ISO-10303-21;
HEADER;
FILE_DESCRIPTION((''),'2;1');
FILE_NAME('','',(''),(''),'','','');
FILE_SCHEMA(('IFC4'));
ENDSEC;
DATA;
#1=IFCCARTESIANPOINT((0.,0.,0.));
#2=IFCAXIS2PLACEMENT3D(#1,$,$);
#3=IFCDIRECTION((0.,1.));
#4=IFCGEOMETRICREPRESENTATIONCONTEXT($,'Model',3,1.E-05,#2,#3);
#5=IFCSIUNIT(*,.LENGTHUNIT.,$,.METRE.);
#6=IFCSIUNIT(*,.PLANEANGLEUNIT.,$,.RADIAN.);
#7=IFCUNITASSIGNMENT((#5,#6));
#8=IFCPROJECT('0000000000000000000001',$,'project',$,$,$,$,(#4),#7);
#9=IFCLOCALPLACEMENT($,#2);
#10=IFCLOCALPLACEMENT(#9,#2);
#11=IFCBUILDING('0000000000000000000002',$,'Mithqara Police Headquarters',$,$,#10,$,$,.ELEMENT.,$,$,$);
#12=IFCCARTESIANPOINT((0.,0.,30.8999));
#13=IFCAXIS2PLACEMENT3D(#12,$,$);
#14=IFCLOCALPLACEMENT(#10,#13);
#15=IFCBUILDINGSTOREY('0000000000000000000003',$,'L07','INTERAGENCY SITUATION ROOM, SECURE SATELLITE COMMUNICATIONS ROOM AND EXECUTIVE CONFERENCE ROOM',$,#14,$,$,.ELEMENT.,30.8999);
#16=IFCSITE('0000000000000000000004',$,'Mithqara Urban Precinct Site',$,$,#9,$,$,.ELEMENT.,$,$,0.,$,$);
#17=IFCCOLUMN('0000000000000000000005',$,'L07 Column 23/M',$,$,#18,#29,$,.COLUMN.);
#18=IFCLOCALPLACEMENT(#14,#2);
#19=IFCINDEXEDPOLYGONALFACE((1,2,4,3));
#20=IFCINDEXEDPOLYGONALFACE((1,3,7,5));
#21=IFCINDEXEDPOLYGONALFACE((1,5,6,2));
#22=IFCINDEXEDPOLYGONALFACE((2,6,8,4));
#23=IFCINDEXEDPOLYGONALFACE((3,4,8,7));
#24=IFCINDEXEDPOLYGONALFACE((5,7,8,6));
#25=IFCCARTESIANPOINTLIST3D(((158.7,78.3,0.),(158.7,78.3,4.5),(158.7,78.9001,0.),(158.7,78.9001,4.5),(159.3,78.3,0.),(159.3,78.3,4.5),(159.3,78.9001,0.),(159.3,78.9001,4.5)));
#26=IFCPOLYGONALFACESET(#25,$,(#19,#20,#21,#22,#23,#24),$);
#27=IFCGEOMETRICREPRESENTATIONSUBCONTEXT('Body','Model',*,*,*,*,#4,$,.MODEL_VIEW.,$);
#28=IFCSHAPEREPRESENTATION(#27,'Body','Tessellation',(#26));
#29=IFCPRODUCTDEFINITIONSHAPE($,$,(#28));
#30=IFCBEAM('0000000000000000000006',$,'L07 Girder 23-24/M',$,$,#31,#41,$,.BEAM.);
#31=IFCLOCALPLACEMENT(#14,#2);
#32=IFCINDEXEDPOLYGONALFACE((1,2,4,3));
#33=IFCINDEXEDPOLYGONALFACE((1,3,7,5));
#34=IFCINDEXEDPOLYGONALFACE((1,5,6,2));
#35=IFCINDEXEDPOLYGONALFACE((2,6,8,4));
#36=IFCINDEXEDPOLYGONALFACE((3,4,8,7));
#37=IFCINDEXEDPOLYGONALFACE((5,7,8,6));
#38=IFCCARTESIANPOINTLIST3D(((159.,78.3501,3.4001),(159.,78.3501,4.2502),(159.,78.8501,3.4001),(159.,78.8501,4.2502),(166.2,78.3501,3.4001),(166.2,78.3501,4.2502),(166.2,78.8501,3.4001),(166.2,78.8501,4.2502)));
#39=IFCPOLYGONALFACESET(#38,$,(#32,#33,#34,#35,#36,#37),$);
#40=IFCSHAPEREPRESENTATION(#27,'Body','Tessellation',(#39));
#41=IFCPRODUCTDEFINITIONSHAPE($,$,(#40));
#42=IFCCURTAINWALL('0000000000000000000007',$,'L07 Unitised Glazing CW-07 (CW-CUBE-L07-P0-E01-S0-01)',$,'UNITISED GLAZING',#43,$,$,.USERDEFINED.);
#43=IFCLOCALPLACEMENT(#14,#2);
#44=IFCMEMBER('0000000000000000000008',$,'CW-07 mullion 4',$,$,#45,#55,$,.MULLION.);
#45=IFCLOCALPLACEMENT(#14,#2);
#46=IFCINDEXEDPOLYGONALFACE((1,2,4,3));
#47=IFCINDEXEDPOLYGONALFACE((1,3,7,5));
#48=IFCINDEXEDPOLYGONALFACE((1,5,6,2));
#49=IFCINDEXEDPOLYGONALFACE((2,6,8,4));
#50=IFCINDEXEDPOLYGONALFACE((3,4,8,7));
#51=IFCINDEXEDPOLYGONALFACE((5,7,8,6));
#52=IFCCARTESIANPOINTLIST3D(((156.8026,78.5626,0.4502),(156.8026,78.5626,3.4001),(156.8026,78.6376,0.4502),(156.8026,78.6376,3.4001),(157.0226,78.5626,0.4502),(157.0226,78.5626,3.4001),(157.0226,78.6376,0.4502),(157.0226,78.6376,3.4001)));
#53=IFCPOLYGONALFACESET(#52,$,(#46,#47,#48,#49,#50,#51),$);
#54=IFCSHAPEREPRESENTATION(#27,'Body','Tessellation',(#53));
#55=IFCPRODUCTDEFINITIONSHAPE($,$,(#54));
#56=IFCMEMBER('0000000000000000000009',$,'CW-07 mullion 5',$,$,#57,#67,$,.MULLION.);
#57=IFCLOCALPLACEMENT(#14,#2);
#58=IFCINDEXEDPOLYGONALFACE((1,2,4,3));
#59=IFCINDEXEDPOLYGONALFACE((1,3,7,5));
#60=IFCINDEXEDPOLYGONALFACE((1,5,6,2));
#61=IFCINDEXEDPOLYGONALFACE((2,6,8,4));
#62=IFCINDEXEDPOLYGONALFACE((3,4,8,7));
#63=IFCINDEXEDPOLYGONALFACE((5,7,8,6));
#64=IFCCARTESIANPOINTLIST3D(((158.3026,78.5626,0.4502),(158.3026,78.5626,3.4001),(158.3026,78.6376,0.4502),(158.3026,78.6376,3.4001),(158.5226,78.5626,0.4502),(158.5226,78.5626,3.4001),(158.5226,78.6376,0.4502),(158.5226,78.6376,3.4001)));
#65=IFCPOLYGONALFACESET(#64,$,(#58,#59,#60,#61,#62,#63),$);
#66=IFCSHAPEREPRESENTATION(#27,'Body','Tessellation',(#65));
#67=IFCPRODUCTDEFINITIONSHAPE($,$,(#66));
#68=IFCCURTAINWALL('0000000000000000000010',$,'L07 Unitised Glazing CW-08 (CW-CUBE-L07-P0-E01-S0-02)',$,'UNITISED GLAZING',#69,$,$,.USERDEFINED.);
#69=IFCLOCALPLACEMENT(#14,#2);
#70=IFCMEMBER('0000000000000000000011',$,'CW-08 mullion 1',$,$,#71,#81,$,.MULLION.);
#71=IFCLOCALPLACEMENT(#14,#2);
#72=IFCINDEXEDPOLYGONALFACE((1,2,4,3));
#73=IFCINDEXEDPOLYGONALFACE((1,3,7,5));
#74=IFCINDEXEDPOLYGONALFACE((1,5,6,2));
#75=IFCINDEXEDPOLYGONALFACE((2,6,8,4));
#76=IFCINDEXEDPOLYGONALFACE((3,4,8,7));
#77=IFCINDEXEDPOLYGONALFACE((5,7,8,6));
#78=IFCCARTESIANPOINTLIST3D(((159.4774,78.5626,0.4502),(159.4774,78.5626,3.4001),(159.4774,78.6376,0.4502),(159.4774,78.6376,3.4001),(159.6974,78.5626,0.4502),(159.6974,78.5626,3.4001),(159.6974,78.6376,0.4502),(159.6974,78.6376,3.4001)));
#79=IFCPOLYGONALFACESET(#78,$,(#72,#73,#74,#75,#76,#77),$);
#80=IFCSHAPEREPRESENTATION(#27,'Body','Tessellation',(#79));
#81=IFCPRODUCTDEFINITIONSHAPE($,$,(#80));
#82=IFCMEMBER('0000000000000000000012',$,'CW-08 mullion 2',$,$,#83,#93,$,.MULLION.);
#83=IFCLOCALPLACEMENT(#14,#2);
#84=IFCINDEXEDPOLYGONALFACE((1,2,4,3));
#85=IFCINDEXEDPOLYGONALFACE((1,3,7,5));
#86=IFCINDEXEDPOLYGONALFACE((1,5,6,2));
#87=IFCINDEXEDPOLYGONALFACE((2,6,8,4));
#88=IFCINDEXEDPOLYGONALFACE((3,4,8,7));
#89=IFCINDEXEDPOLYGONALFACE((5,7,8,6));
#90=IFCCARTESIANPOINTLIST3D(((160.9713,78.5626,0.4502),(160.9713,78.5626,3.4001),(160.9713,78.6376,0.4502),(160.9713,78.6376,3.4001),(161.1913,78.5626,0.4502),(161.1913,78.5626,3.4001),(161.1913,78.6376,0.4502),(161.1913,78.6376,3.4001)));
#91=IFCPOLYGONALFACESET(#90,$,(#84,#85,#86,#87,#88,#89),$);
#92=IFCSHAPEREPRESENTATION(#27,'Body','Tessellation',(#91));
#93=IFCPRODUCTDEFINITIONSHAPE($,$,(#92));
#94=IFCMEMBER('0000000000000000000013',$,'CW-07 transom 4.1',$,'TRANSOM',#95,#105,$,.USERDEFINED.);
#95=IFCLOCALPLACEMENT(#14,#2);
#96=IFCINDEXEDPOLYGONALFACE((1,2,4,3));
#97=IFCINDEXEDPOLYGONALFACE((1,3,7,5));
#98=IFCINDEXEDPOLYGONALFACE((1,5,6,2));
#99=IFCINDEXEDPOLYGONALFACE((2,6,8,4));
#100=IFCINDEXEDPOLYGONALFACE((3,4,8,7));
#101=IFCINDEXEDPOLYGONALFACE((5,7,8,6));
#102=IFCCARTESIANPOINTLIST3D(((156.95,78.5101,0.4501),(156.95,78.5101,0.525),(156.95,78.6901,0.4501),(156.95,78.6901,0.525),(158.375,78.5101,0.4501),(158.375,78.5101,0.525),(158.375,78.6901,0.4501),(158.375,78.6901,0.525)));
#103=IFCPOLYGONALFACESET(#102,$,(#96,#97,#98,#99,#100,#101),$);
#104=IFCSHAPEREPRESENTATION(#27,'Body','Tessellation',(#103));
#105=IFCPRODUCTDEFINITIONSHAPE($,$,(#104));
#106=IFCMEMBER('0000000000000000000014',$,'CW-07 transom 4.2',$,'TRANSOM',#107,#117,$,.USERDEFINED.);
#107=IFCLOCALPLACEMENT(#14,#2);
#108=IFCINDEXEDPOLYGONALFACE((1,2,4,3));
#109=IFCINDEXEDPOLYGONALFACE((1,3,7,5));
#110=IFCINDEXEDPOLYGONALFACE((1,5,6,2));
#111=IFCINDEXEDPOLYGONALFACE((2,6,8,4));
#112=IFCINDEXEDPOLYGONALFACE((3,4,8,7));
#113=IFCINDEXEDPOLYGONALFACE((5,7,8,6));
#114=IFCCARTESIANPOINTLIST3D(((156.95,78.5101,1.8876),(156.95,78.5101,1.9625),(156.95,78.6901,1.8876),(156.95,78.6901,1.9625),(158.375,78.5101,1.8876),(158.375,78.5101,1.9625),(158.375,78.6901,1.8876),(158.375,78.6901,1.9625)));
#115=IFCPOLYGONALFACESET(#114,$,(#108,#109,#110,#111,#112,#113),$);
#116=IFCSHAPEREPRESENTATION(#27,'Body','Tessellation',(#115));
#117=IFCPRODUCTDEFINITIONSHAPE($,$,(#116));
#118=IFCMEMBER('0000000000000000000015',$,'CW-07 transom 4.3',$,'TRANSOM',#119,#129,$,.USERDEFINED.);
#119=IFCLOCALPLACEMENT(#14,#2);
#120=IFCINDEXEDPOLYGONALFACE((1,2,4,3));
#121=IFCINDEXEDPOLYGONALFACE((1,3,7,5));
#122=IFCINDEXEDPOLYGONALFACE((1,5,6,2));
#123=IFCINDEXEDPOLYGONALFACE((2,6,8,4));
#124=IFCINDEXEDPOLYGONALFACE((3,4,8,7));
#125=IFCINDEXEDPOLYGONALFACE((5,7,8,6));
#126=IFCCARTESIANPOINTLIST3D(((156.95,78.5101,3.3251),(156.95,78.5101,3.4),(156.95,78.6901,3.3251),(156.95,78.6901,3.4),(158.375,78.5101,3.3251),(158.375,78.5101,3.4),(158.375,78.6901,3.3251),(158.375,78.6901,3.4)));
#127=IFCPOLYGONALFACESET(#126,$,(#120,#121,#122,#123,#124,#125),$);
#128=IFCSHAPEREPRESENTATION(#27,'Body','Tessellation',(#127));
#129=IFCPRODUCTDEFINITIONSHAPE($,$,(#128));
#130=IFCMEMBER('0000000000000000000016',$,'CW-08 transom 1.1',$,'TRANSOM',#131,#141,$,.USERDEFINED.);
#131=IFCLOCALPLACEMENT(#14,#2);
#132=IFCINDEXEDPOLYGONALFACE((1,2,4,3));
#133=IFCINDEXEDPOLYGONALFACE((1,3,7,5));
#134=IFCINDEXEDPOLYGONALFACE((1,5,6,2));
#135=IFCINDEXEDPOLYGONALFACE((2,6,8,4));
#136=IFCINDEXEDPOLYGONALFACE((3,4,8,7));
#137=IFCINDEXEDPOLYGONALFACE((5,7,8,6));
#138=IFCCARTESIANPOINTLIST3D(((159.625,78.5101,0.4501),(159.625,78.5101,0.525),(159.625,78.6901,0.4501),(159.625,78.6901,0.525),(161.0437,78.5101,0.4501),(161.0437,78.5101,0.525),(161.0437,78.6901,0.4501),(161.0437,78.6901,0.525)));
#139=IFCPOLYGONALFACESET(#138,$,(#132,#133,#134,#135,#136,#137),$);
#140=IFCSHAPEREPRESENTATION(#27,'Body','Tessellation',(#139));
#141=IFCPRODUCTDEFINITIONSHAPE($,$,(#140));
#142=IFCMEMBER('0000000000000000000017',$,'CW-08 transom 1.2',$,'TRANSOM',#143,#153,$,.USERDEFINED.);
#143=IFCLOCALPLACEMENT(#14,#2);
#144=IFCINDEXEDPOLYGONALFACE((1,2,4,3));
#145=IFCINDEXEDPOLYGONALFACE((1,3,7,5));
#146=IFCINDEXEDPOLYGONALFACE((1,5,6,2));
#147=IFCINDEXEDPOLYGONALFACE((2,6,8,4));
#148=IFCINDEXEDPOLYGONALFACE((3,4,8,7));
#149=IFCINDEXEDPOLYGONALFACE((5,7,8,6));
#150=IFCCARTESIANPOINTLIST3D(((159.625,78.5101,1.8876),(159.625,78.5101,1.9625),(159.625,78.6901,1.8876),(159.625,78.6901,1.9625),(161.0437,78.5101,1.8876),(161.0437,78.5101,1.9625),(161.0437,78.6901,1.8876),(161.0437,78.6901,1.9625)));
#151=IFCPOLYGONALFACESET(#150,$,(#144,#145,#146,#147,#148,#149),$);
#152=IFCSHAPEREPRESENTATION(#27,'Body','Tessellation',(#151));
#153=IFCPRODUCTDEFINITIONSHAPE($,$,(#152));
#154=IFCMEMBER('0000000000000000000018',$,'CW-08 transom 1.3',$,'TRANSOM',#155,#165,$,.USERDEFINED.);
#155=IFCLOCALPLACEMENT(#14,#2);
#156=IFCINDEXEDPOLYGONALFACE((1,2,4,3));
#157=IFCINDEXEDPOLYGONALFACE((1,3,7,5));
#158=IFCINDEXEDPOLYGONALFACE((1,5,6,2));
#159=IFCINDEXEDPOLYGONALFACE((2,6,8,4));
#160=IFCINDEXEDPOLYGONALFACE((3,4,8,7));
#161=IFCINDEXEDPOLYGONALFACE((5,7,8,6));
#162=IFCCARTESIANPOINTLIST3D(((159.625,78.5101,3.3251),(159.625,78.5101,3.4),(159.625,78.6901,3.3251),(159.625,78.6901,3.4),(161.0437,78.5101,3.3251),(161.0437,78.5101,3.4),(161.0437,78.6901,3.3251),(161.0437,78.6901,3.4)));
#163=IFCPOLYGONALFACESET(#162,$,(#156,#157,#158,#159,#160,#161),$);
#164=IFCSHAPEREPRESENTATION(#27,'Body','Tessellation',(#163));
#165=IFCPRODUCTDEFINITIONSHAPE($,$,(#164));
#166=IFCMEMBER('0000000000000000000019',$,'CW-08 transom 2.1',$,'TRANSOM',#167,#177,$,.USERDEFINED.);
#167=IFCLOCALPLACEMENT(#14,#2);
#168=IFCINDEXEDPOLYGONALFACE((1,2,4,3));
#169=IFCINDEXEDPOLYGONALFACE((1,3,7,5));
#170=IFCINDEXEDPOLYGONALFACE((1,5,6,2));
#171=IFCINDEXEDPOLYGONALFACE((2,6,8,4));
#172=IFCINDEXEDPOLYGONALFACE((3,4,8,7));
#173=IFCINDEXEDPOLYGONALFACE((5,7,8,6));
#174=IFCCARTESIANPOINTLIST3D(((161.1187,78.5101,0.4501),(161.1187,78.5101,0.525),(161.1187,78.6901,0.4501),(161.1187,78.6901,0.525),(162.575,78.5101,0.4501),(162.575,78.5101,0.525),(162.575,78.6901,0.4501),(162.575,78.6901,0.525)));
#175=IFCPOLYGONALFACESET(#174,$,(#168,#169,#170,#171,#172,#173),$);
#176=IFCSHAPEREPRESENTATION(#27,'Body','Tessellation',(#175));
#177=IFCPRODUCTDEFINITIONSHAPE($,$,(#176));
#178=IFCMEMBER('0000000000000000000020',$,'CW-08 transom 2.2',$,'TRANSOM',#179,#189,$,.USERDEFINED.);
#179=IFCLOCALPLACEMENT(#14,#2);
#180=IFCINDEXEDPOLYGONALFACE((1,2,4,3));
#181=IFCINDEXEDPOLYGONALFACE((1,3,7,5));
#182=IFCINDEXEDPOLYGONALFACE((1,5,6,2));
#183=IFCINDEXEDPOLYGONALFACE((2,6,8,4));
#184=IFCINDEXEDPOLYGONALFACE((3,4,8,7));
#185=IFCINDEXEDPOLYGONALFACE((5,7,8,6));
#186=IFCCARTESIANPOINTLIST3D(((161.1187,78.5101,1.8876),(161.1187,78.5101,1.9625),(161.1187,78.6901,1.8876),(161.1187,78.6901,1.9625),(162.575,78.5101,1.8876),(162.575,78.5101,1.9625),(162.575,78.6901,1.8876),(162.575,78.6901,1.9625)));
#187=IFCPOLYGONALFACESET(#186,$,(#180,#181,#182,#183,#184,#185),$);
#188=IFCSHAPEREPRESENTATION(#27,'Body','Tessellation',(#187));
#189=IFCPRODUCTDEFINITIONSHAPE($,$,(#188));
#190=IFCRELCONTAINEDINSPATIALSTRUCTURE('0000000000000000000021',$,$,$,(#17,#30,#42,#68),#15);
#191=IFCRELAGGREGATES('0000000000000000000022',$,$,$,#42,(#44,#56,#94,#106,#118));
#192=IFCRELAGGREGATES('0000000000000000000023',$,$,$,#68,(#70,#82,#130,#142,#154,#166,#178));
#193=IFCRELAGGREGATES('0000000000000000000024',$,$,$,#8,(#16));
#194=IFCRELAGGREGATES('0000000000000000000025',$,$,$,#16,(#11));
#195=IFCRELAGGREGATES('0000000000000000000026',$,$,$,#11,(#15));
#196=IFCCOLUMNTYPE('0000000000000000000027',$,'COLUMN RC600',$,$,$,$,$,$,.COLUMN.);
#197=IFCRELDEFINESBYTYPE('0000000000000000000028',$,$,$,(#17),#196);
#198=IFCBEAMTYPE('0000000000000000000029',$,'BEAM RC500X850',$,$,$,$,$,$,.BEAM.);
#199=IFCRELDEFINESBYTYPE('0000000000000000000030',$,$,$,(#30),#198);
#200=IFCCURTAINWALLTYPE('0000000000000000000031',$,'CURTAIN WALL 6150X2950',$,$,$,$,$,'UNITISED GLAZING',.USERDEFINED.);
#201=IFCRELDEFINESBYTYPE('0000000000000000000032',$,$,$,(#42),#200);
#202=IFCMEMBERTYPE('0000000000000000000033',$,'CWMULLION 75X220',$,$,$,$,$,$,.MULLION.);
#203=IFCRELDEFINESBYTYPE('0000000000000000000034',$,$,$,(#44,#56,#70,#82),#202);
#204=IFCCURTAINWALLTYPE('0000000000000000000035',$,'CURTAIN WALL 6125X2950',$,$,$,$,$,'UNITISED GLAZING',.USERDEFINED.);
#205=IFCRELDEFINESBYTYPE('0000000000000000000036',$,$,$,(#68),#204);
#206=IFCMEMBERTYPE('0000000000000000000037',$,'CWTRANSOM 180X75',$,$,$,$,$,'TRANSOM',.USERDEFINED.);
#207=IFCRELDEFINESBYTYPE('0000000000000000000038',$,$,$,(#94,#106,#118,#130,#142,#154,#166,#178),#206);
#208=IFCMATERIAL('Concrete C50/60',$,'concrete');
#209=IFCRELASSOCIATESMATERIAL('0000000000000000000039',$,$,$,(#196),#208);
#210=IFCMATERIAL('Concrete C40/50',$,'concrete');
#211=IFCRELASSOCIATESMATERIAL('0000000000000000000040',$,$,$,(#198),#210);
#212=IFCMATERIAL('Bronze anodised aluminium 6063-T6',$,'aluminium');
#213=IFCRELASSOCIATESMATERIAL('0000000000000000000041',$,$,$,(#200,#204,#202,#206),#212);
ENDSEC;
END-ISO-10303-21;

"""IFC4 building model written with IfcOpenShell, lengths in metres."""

from ifc_helpers import new_model, si_unit, direction, frame, origin, origin_2d, place, context, subcontext, project, spatial, rectangle, extrude, material, material_profile, profile_set, type_object, element, aggregate, save


model = new_model("IFC4")

# Units and contexts
model_context = context("Model", 3, precision=1e-05, world=origin(), true_north=direction((0.0, 1.0)))
body_context = subcontext(model_context, "Body", "Model", "MODEL_VIEW")
ifc_project = project(units=[si_unit("LENGTHUNIT", "METRE"), si_unit("PLANEANGLEUNIT", "RADIAN")], contexts=[model_context])

# Site, building, storey
site_placement = place(None, origin())
site = spatial("IfcSite", under=ifc_project, at=site_placement, Name="Mithqara Urban Precinct Site", CompositionType="ELEMENT", RefElevation=0.0)
building_placement = place(site_placement, origin())
building = spatial("IfcBuilding", under=site, at=building_placement, Name="Mithqara Police Headquarters", CompositionType="ELEMENT")
storey_placement = place(building_placement, frame((0.0, 0.0, 30.8999)))
storey = spatial("IfcBuildingStorey", under=building, at=storey_placement, Name="L07", Description="INTERAGENCY SITUATION ROOM, SECURE SATELLITE COMMUNICATIONS ROOM AND EXECUTIVE CONFERENCE ROOM", CompositionType="ELEMENT", Elevation=30.8999)

# Column
ifc_material_1 = material(Name="Concrete C50/60", Category="concrete")
ifc_material_profile_1 = material_profile(ifc_material_1, rectangle(XDim=0.6001, YDim=0.6001, at=origin_2d()), Name="RC 600x600")
ifc_profile_set_1 = profile_set([ifc_material_profile_1], Name="Concrete C50/60")
column_type = type_object("IfcColumnType", Name="COLUMN RC600", PredefinedType="COLUMN", material=ifc_profile_set_1)
column_placement = place(storey_placement, frame((159.0, 78.6001, 0.0), z_axis=(0.0, 0.0, 1.0), x_axis=(1.0, 0.0, 0.0)))
element("IfcColumn", 1, at=column_placement, inside=storey, type_object=column_type, Name="L07 Column 23/M", PredefinedType="COLUMN", context=body_context, shape_type="SweptSolid", body=[
    extrude(rectangle(XDim=0.6001, YDim=0.6001, at=origin_2d()), origin(), (0.0, 0.0, 1.0), 4.5),
])

# Beam
ifc_material_2 = material(Name="Concrete C40/50", Category="concrete")
ifc_material_profile_2 = material_profile(ifc_material_2, rectangle(XDim=0.5, YDim=0.8501, at=origin_2d()), Name="RC 500x850")
ifc_profile_set_2 = profile_set([ifc_material_profile_2], Name="Concrete C40/50")
beam_type = type_object("IfcBeamType", Name="BEAM RC500X850", PredefinedType="BEAM", material=ifc_profile_set_2)
beam_placement = place(storey_placement, frame((159.0, 78.6001, 3.8252), z_axis=(1.0, 0.0, 0.0), x_axis=(0.0, 1.0, 0.0)))
element("IfcBeam", 2, at=beam_placement, inside=storey, type_object=beam_type, Name="L07 Girder 23-24/M", PredefinedType="BEAM", context=body_context, shape_type="SweptSolid", body=[
    extrude(rectangle(XDim=0.5, YDim=0.8501, at=origin_2d()), origin(), (0.0, 0.0, 1.0), 7.2),
])

# Curtain walls, members
ifc_material_3 = material(Name="Bronze anodised aluminium 6063-T6", Category="aluminium")
curtain_wall_type_1 = type_object("IfcCurtainWallType", Name="CURTAIN WALL 6150X2950", ElementType="UNITISED GLAZING", PredefinedType="USERDEFINED", material=ifc_material_3)
curtain_wall_1_placement = place(storey_placement, origin())
curtain_wall_1 = element("IfcCurtainWall", 3, at=curtain_wall_1_placement, inside=storey, type_object=curtain_wall_type_1, Name="L07 Unitised Glazing CW-07 (CW-CUBE-L07-P0-E01-S0-01)", ObjectType="UNITISED GLAZING", PredefinedType="USERDEFINED")
ifc_material_profile_3 = material_profile(ifc_material_3, rectangle(XDim=0.075, YDim=0.22, at=origin_2d()), Name="CWM 75x220")
ifc_profile_set_3 = profile_set([ifc_material_profile_3], Name="Bronze anodised aluminium 6063-T6")
member_type_1 = type_object("IfcMemberType", Name="CWMULLION 75X220", PredefinedType="MULLION", material=ifc_profile_set_3)
member_1_placement = place(storey_placement, frame((156.9126, 78.6001, 0.4502), z_axis=(0.0, 0.0, 1.0), x_axis=(0.0, 1.0, 0.0)))
member_1 = element("IfcMember", 4, at=member_1_placement, type_object=member_type_1, Name="CW-07 mullion 4", PredefinedType="MULLION", context=body_context, shape_type="SweptSolid", body=[
    extrude(rectangle(XDim=0.075, YDim=0.22, at=origin_2d()), origin(), (0.0, 0.0, 1.0), 2.95),
])
member_2_placement = place(storey_placement, frame((158.4126, 78.6001, 0.4502), z_axis=(0.0, 0.0, 1.0), x_axis=(0.0, 1.0, 0.0)))
member_2 = element("IfcMember", 5, at=member_2_placement, type_object=member_type_1, Name="CW-07 mullion 5", PredefinedType="MULLION", context=body_context, shape_type="SweptSolid", body=[
    extrude(rectangle(XDim=0.075, YDim=0.22, at=origin_2d()), origin(), (0.0, 0.0, 1.0), 2.95),
])
curtain_wall_type_2 = type_object("IfcCurtainWallType", Name="CURTAIN WALL 6125X2950", ElementType="UNITISED GLAZING", PredefinedType="USERDEFINED", material=ifc_material_3)
curtain_wall_2_placement = place(storey_placement, origin())
curtain_wall_2 = element("IfcCurtainWall", 6, at=curtain_wall_2_placement, inside=storey, type_object=curtain_wall_type_2, Name="L07 Unitised Glazing CW-08 (CW-CUBE-L07-P0-E01-S0-02)", ObjectType="UNITISED GLAZING", PredefinedType="USERDEFINED")
member_3_placement = place(storey_placement, frame((159.5874, 78.6001, 0.4502), z_axis=(0.0, 0.0, 1.0), x_axis=(0.0, 1.0, 0.0)))
member_3 = element("IfcMember", 7, at=member_3_placement, type_object=member_type_1, Name="CW-08 mullion 1", PredefinedType="MULLION", context=body_context, shape_type="SweptSolid", body=[
    extrude(rectangle(XDim=0.075, YDim=0.22, at=origin_2d()), origin(), (0.0, 0.0, 1.0), 2.95),
])
member_4_placement = place(storey_placement, frame((161.0813, 78.6001, 0.4502), z_axis=(0.0, 0.0, 1.0), x_axis=(0.0, 1.0, 0.0)))
member_4 = element("IfcMember", 8, at=member_4_placement, type_object=member_type_1, Name="CW-08 mullion 2", PredefinedType="MULLION", context=body_context, shape_type="SweptSolid", body=[
    extrude(rectangle(XDim=0.075, YDim=0.22, at=origin_2d()), origin(), (0.0, 0.0, 1.0), 2.95),
])

# Members
ifc_material_profile_4 = material_profile(ifc_material_3, rectangle(XDim=0.1799, YDim=0.075, at=origin_2d()), Name="CWT 180x75")
ifc_profile_set_4 = profile_set([ifc_material_profile_4], Name="Bronze anodised aluminium 6063-T6")
member_type_2 = type_object("IfcMemberType", Name="CWTRANSOM 180X75", ElementType="TRANSOM", PredefinedType="USERDEFINED", material=ifc_profile_set_4)
member_5_placement = place(storey_placement, frame((156.95, 78.6001, 0.4875), z_axis=(1.0, 0.0, 0.0), x_axis=(0.0, 1.0, 0.0)))
member_5 = element("IfcMember", 9, at=member_5_placement, type_object=member_type_2, Name="CW-07 transom 4.1", ObjectType="TRANSOM", PredefinedType="USERDEFINED", context=body_context, shape_type="SweptSolid", body=[
    extrude(rectangle(XDim=0.1799, YDim=0.075, at=origin_2d()), origin(), (0.0, 0.0, 1.0), 1.425),
])
member_6_placement = place(storey_placement, frame((156.95, 78.6001, 1.925), z_axis=(1.0, 0.0, 0.0), x_axis=(0.0, 1.0, 0.0)))
member_6 = element("IfcMember", 10, at=member_6_placement, type_object=member_type_2, Name="CW-07 transom 4.2", ObjectType="TRANSOM", PredefinedType="USERDEFINED", context=body_context, shape_type="SweptSolid", body=[
    extrude(rectangle(XDim=0.1799, YDim=0.075, at=origin_2d()), origin(), (0.0, 0.0, 1.0), 1.425),
])
member_7_placement = place(storey_placement, frame((156.95, 78.6001, 3.3625), z_axis=(1.0, 0.0, 0.0), x_axis=(0.0, 1.0, 0.0)))
member_7 = element("IfcMember", 11, at=member_7_placement, type_object=member_type_2, Name="CW-07 transom 4.3", ObjectType="TRANSOM", PredefinedType="USERDEFINED", context=body_context, shape_type="SweptSolid", body=[
    extrude(rectangle(XDim=0.1799, YDim=0.075, at=origin_2d()), origin(), (0.0, 0.0, 1.0), 1.425),
])
member_8_placement = place(storey_placement, frame((159.625, 78.6001, 0.4875), z_axis=(1.0, 0.0, 0.0), x_axis=(0.0, 1.0, 0.0)))
member_8 = element("IfcMember", 12, at=member_8_placement, type_object=member_type_2, Name="CW-08 transom 1.1", ObjectType="TRANSOM", PredefinedType="USERDEFINED", context=body_context, shape_type="SweptSolid", body=[
    extrude(rectangle(XDim=0.1799, YDim=0.075, at=origin_2d()), origin(), (0.0, 0.0, 1.0), 1.4187),
])
member_9_placement = place(storey_placement, frame((159.625, 78.6001, 1.925), z_axis=(1.0, 0.0, 0.0), x_axis=(0.0, 1.0, 0.0)))
member_9 = element("IfcMember", 13, at=member_9_placement, type_object=member_type_2, Name="CW-08 transom 1.2", ObjectType="TRANSOM", PredefinedType="USERDEFINED", context=body_context, shape_type="SweptSolid", body=[
    extrude(rectangle(XDim=0.1799, YDim=0.075, at=origin_2d()), origin(), (0.0, 0.0, 1.0), 1.4187),
])
member_10_placement = place(storey_placement, frame((159.625, 78.6001, 3.3625), z_axis=(1.0, 0.0, 0.0), x_axis=(0.0, 1.0, 0.0)))
member_10 = element("IfcMember", 14, at=member_10_placement, type_object=member_type_2, Name="CW-08 transom 1.3", ObjectType="TRANSOM", PredefinedType="USERDEFINED", context=body_context, shape_type="SweptSolid", body=[
    extrude(rectangle(XDim=0.1799, YDim=0.075, at=origin_2d()), origin(), (0.0, 0.0, 1.0), 1.4187),
])
member_11_placement = place(storey_placement, frame((161.1187, 78.6001, 0.4875), z_axis=(1.0, 0.0, 0.0), x_axis=(0.0, 1.0, 0.0)))
member_11 = element("IfcMember", 15, at=member_11_placement, type_object=member_type_2, Name="CW-08 transom 2.1", ObjectType="TRANSOM", PredefinedType="USERDEFINED", context=body_context, shape_type="SweptSolid", body=[
    extrude(rectangle(XDim=0.1799, YDim=0.075, at=origin_2d()), origin(), (0.0, 0.0, 1.0), 1.4563),
])
member_12_placement = place(storey_placement, frame((161.1187, 78.6001, 1.925), z_axis=(1.0, 0.0, 0.0), x_axis=(0.0, 1.0, 0.0)))
member_12 = element("IfcMember", 16, at=member_12_placement, type_object=member_type_2, Name="CW-08 transom 2.2", ObjectType="TRANSOM", PredefinedType="USERDEFINED", context=body_context, shape_type="SweptSolid", body=[
    extrude(rectangle(XDim=0.1799, YDim=0.075, at=origin_2d()), origin(), (0.0, 0.0, 1.0), 1.4563),
])

aggregate(curtain_wall_1, [member_1, member_2, member_5, member_6, member_7])
aggregate(curtain_wall_2, [member_3, member_4, member_8, member_9, member_10, member_11, member_12])

save(model, "model.ifc")
